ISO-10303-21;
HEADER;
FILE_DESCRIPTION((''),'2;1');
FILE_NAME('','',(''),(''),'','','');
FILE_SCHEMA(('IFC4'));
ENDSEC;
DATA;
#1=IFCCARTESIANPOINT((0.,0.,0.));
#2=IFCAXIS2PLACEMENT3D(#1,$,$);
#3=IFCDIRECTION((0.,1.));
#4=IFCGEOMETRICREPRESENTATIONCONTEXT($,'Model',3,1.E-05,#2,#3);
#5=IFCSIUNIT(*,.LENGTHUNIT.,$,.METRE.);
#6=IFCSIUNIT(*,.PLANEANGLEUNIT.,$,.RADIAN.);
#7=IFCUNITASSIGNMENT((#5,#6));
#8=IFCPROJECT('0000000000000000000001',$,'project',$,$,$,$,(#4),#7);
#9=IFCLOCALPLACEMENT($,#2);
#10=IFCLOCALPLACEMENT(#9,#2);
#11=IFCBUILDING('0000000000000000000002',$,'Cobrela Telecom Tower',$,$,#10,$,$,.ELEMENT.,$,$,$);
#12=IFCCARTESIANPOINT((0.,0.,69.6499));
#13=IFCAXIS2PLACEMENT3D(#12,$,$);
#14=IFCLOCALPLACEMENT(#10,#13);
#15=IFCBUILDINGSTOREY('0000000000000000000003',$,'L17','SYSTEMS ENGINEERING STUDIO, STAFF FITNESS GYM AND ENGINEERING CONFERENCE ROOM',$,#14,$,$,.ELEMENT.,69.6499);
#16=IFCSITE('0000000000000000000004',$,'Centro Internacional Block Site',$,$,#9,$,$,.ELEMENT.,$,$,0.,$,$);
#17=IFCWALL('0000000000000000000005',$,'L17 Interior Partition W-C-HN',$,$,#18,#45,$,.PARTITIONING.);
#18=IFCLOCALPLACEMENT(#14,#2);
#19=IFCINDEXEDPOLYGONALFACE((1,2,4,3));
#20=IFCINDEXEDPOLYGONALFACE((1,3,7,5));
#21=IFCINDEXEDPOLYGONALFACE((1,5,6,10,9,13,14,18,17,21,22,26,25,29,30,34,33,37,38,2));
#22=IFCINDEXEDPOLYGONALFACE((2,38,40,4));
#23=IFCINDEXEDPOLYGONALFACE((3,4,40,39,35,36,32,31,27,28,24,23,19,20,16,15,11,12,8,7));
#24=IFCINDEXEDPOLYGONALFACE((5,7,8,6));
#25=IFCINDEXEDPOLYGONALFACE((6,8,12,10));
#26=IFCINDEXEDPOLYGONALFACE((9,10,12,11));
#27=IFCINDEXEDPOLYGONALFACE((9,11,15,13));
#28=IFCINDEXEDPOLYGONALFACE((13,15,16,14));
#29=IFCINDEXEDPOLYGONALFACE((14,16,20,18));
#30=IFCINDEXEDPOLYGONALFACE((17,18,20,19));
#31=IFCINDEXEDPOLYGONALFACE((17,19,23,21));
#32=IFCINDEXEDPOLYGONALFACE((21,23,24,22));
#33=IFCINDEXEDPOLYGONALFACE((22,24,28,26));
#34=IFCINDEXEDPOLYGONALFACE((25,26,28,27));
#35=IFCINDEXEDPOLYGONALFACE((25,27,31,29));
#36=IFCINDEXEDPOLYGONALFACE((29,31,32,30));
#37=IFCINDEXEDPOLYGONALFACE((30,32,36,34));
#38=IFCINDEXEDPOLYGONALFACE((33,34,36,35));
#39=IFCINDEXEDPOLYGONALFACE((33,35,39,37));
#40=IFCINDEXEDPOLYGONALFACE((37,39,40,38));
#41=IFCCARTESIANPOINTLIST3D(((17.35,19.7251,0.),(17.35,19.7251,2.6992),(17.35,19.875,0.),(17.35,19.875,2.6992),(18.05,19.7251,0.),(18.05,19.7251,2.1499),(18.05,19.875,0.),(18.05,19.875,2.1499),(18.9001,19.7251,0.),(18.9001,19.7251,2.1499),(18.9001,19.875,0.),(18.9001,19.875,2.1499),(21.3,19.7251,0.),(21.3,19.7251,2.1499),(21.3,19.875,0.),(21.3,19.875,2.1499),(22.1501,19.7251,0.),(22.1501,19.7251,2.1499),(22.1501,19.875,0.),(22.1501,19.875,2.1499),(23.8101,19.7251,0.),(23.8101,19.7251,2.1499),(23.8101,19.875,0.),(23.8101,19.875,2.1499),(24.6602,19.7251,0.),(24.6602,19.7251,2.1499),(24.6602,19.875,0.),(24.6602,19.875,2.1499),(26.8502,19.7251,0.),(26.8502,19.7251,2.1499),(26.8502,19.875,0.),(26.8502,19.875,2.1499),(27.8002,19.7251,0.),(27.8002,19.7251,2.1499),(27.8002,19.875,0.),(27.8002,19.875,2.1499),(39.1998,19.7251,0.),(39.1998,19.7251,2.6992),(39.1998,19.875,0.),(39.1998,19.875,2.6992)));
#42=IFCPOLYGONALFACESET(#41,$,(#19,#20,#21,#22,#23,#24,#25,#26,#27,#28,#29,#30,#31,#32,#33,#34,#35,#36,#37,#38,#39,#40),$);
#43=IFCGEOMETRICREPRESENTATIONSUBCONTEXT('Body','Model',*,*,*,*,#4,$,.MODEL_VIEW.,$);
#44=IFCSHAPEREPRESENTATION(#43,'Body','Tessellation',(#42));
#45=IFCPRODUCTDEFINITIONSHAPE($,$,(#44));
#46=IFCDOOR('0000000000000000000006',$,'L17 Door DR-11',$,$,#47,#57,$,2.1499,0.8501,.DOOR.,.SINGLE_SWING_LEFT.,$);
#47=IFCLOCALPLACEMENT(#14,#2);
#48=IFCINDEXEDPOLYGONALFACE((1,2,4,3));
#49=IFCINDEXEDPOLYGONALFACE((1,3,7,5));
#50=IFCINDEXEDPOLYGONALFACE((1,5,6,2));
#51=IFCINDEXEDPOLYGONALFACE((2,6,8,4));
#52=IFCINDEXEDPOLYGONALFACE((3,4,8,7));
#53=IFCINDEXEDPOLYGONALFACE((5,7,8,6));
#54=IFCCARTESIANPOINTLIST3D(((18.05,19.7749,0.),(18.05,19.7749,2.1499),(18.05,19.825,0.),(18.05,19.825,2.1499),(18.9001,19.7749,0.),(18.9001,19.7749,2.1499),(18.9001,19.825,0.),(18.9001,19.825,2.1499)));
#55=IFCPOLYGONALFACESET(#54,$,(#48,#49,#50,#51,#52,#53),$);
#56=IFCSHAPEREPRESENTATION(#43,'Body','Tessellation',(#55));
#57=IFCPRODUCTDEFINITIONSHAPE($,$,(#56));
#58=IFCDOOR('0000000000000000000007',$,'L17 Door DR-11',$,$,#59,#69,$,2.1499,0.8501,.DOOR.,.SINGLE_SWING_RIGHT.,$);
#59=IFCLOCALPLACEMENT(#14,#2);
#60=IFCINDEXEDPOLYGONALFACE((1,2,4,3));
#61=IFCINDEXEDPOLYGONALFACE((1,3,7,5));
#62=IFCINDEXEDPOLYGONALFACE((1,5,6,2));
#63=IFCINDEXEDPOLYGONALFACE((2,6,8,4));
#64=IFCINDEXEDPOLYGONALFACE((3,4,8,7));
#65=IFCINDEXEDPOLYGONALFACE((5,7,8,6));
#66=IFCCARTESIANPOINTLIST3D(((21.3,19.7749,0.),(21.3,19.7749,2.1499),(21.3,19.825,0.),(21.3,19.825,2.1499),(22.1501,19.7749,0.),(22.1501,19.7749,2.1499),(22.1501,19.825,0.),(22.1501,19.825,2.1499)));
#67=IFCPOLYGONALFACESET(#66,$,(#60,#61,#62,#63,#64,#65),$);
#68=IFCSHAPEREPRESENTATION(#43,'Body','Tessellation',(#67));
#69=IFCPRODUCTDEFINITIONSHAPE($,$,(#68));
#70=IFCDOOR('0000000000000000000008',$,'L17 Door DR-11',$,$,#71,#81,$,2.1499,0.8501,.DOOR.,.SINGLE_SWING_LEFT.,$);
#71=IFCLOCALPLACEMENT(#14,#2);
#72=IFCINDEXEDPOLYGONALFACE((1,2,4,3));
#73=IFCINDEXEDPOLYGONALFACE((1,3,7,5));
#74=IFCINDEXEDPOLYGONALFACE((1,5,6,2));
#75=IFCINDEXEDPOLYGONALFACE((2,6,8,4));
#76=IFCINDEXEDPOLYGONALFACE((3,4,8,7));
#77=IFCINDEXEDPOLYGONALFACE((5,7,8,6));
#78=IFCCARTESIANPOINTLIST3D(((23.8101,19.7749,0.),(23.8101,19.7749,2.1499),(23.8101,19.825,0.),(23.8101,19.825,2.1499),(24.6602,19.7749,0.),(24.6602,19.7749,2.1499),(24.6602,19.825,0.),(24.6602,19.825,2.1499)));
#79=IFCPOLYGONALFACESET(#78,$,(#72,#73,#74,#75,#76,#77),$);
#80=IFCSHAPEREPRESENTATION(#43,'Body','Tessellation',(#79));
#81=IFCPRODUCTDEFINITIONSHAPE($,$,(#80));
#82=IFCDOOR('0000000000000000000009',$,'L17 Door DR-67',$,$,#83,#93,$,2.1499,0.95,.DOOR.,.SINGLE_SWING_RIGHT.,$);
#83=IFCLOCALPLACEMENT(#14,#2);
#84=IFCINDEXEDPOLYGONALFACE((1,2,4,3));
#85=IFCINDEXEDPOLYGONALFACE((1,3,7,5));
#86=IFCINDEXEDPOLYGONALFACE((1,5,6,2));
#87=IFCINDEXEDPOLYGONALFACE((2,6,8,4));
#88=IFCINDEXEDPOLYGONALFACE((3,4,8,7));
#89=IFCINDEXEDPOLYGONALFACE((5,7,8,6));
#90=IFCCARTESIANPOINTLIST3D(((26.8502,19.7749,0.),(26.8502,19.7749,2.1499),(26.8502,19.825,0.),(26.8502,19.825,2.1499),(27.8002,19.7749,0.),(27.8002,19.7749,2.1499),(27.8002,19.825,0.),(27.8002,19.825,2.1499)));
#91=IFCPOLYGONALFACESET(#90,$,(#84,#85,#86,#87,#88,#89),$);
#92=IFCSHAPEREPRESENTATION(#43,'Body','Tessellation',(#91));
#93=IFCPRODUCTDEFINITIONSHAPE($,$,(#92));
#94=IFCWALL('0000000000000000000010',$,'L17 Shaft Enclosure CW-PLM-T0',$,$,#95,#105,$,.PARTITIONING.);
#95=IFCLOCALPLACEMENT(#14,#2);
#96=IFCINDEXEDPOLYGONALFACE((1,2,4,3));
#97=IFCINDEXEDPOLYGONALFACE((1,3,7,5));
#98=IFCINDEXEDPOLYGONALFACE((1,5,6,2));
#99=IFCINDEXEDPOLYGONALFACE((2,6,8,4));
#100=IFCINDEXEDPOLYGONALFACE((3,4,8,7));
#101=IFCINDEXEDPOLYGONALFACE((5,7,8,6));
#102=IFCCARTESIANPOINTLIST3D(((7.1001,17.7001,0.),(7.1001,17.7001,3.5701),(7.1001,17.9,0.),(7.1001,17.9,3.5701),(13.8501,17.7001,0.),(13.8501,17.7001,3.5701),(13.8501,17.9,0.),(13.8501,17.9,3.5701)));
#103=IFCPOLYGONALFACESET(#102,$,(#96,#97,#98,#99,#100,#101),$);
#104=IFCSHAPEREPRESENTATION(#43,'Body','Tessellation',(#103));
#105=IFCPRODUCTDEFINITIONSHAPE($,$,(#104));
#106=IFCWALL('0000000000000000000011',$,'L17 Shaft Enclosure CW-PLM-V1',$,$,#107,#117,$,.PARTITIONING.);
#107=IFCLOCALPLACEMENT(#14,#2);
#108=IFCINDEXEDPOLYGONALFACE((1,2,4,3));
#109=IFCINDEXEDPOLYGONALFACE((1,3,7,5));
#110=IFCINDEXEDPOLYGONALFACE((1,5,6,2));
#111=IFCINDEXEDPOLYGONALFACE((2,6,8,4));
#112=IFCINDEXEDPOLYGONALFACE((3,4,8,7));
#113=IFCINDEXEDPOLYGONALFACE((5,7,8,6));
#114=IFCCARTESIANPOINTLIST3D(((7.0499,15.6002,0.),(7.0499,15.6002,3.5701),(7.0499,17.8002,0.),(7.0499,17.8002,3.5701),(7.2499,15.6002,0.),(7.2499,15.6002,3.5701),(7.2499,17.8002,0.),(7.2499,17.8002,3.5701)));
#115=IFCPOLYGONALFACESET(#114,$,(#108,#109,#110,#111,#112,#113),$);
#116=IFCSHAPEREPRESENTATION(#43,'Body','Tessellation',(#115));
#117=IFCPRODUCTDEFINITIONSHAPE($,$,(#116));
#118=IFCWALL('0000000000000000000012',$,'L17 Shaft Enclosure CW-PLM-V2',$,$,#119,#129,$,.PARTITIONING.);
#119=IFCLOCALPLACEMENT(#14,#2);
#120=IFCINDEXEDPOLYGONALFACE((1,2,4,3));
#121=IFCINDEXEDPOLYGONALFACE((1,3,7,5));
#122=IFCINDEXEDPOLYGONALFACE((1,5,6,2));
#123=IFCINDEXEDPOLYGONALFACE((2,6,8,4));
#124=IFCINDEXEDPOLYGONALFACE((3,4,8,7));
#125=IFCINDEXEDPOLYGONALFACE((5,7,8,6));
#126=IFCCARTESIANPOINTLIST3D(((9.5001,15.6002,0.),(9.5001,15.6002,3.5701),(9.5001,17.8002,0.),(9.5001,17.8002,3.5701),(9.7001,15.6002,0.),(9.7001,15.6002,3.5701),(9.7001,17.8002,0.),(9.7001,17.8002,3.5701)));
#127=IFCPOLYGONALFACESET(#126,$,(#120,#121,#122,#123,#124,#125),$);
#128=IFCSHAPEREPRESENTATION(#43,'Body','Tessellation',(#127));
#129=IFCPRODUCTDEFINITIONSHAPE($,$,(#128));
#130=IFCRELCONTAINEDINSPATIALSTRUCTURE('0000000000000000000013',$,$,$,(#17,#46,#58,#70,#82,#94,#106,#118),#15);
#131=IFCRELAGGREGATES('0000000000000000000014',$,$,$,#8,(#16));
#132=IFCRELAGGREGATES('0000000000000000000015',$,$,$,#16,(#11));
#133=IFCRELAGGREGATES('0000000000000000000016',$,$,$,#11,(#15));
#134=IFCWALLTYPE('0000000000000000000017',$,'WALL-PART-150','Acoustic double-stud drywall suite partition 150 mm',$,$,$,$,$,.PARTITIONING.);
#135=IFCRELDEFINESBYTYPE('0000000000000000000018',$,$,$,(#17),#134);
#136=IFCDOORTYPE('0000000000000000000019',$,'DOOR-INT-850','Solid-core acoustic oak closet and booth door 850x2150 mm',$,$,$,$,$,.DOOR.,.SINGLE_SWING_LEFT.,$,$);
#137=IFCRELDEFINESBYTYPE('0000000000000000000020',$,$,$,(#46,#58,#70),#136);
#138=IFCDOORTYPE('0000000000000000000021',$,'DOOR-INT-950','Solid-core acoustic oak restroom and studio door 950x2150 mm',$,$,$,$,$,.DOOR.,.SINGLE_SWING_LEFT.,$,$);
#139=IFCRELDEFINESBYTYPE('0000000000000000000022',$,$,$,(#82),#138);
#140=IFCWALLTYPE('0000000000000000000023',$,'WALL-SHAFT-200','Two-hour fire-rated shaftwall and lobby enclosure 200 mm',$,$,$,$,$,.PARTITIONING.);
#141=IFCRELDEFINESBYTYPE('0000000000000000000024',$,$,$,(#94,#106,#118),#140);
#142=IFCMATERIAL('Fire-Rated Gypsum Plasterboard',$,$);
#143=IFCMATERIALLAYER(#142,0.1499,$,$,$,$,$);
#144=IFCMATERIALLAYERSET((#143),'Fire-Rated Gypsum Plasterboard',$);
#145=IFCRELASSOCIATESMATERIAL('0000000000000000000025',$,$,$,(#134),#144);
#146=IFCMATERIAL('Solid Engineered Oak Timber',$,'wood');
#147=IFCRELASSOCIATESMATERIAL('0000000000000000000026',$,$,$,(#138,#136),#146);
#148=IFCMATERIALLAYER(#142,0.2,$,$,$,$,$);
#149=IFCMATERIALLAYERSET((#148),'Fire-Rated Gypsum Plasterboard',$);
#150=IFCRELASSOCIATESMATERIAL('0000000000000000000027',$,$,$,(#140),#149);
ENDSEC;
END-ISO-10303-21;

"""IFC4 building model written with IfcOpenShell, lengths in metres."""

from ifc_helpers import new_model, si_unit, direction, frame, frame_2d, origin, place, context, subcontext, project, spatial, rectangle, extrude, material, layer, layer_set, type_object, element, fill, save


model = new_model("IFC4")

# Units and contexts
model_context = context("Model", 3, precision=1e-05, world=origin(), true_north=direction((0.0, 1.0)))
body_context = subcontext(model_context, "Body", "Model", "MODEL_VIEW")
ifc_project = project(units=[si_unit("LENGTHUNIT", "METRE"), si_unit("PLANEANGLEUNIT", "RADIAN")], contexts=[model_context])

# Site, building, storey
site_placement = place(None, origin())
site = spatial("IfcSite", under=ifc_project, at=site_placement, Name="Centro Internacional Block Site", CompositionType="ELEMENT", RefElevation=0.0)
building_placement = place(site_placement, origin())
building = spatial("IfcBuilding", under=site, at=building_placement, Name="Cobrela Telecom Tower", CompositionType="ELEMENT")
storey_placement = place(building_placement, frame((0.0, 0.0, 69.6499)))
storey = spatial("IfcBuildingStorey", under=building, at=storey_placement, Name="L17", Description="SYSTEMS ENGINEERING STUDIO, STAFF FITNESS GYM AND ENGINEERING CONFERENCE ROOM", CompositionType="ELEMENT", Elevation=69.6499)

# Wall, openings, doors
ifc_material_1 = material(Name="Fire-Rated Gypsum Plasterboard")
ifc_layer_1 = layer(ifc_material_1, 0.1499)
ifc_layer_set_1 = layer_set([ifc_layer_1], Name="Fire-Rated Gypsum Plasterboard")
wall_type_1 = type_object("IfcWallType", Name="WALL-PART-150", Description="Acoustic double-stud drywall suite partition 150 mm", PredefinedType="PARTITIONING", material=ifc_layer_set_1)
ifc_material_2 = material(Name="Solid Engineered Oak Timber", Category="wood")
door_type_1 = type_object("IfcDoorType", Name="DOOR-INT-950", Description="Solid-core acoustic oak restroom and studio door 950x2150 mm", OperationType="SINGLE_SWING_LEFT", PredefinedType="DOOR", material=ifc_material_2)
wall_1_placement = place(storey_placement, frame((17.3501, 19.8, 0.0), z_axis=(0.0, 0.0, 1.0), x_axis=(1.0, 0.0, 0.0)))
wall_1 = element("IfcWall", 1, at=wall_1_placement, inside=storey, type_object=wall_type_1, Name="L17 Interior Partition W-C-HN", PredefinedType="PARTITIONING", context=body_context, shape_type="SweptSolid", body=[
    extrude(rectangle(XDim=21.8499, YDim=0.1499, at=frame_2d((10.9248, 0.0))), origin(), (0.0, 0.0, 1.0), 2.6992),
])
opening_1_placement = place(wall_1_placement, frame((0.7, 0.0, 0.0)))
opening_1 = element("IfcOpeningElement", 2, at=opening_1_placement, cuts=wall_1, PredefinedType="OPENING", context=body_context, shape_type="SweptSolid", body=[
    extrude(rectangle(XDim=0.8501, YDim=2.1499, at=frame_2d((0.425, 1.075))), frame((0.0, 0.0869, 0.0), z_axis=(0.0, -1.0, 0.0), x_axis=(1.0, 0.0, 0.0)), (0.0, 0.0, 1.0), 0.1738),
])
opening_2_placement = place(wall_1_placement, frame((3.95, 0.0, 0.0)))
opening_2 = element("IfcOpeningElement", 3, at=opening_2_placement, cuts=wall_1, PredefinedType="OPENING", context=body_context, shape_type="SweptSolid", body=[
    extrude(rectangle(XDim=0.8501, YDim=2.1499, at=frame_2d((0.425, 1.075))), frame((0.0, 0.0869, 0.0), z_axis=(0.0, -1.0, 0.0), x_axis=(1.0, 0.0, 0.0)), (0.0, 0.0, 1.0), 0.1738),
])
opening_3_placement = place(wall_1_placement, frame((6.46, 0.0, 0.0)))
opening_3 = element("IfcOpeningElement", 4, at=opening_3_placement, cuts=wall_1, PredefinedType="OPENING", context=body_context, shape_type="SweptSolid", body=[
    extrude(rectangle(XDim=0.8501, YDim=2.1499, at=frame_2d((0.425, 1.075))), frame((0.0, 0.0869, 0.0), z_axis=(0.0, -1.0, 0.0), x_axis=(1.0, 0.0, 0.0)), (0.0, 0.0, 1.0), 0.1738),
])
opening_4_placement = place(wall_1_placement, frame((9.5, 0.0, 0.0)))
opening_4 = element("IfcOpeningElement", 5, at=opening_4_placement, cuts=wall_1, PredefinedType="OPENING", context=body_context, shape_type="SweptSolid", body=[
    extrude(rectangle(XDim=0.95, YDim=2.1499, at=frame_2d((0.4751, 1.075))), frame((0.0, 0.0869, 0.0), z_axis=(0.0, -1.0, 0.0), x_axis=(1.0, 0.0, 0.0)), (0.0, 0.0, 1.0), 0.1738),
])
door_type_2 = type_object("IfcDoorType", Name="DOOR-INT-850", Description="Solid-core acoustic oak closet and booth door 850x2150 mm", OperationType="SINGLE_SWING_LEFT", PredefinedType="DOOR", material=ifc_material_2)
door_1_placement = place(opening_1_placement, origin())
door_1 = element("IfcDoor", 6, at=door_1_placement, inside=storey, type_object=door_type_2, Name="L17 Door DR-11", OperationType="SINGLE_SWING_LEFT", OverallHeight=2.1499, OverallWidth=0.8501, PredefinedType="DOOR", context=body_context, shape_type="SweptSolid", body=[
    extrude(rectangle(XDim=0.8501, YDim=2.1499, at=frame_2d((0.425, 1.075))), frame((0.0, 0.0249, 0.0), z_axis=(0.0, -1.0, 0.0), x_axis=(1.0, 0.0, 0.0)), (0.0, 0.0, 1.0), 0.05),
])
fill(opening_1, door_1)
door_2_placement = place(opening_2_placement, origin())
door_2 = element("IfcDoor", 7, at=door_2_placement, inside=storey, type_object=door_type_2, Name="L17 Door DR-11", OperationType="SINGLE_SWING_RIGHT", OverallHeight=2.1499, OverallWidth=0.8501, PredefinedType="DOOR", context=body_context, shape_type="SweptSolid", body=[
    extrude(rectangle(XDim=0.8501, YDim=2.1499, at=frame_2d((0.425, 1.075))), frame((0.0, 0.0249, 0.0), z_axis=(0.0, -1.0, 0.0), x_axis=(1.0, 0.0, 0.0)), (0.0, 0.0, 1.0), 0.05),
])
fill(opening_2, door_2)
door_3_placement = place(opening_3_placement, origin())
door_3 = element("IfcDoor", 8, at=door_3_placement, inside=storey, type_object=door_type_2, Name="L17 Door DR-11", OperationType="SINGLE_SWING_LEFT", OverallHeight=2.1499, OverallWidth=0.8501, PredefinedType="DOOR", context=body_context, shape_type="SweptSolid", body=[
    extrude(rectangle(XDim=0.8501, YDim=2.1499, at=frame_2d((0.425, 1.075))), frame((0.0, 0.0249, 0.0), z_axis=(0.0, -1.0, 0.0), x_axis=(1.0, 0.0, 0.0)), (0.0, 0.0, 1.0), 0.05),
])
fill(opening_3, door_3)
door_4_placement = place(opening_4_placement, origin())
door_4 = element("IfcDoor", 9, at=door_4_placement, inside=storey, type_object=door_type_1, Name="L17 Door DR-67", OperationType="SINGLE_SWING_RIGHT", OverallHeight=2.1499, OverallWidth=0.95, PredefinedType="DOOR", context=body_context, shape_type="SweptSolid", body=[
    extrude(rectangle(XDim=0.95, YDim=2.1499, at=frame_2d((0.4751, 1.075))), frame((0.0, 0.0249, 0.0), z_axis=(0.0, -1.0, 0.0), x_axis=(1.0, 0.0, 0.0)), (0.0, 0.0, 1.0), 0.05),
])
fill(opening_4, door_4)

# Walls
ifc_layer_2 = layer(ifc_material_1, 0.2)
ifc_layer_set_2 = layer_set([ifc_layer_2], Name="Fire-Rated Gypsum Plasterboard")
wall_type_2 = type_object("IfcWallType", Name="WALL-SHAFT-200", Description="Two-hour fire-rated shaftwall and lobby enclosure 200 mm", PredefinedType="PARTITIONING", material=ifc_layer_set_2)
wall_2_placement = place(storey_placement, frame((7.1001, 17.8, 0.0), z_axis=(0.0, 0.0, 1.0), x_axis=(1.0, 0.0, 0.0)))
element("IfcWall", 10, at=wall_2_placement, inside=storey, type_object=wall_type_2, Name="L17 Shaft Enclosure CW-PLM-T0", PredefinedType="PARTITIONING", context=body_context, shape_type="SweptSolid", body=[
    extrude(rectangle(XDim=6.75, YDim=0.2, at=frame_2d((3.375, 0.0))), origin(), (0.0, 0.0, 1.0), 3.5701),
])
for number, where, z_axis, x_axis, name in (
    (11, (7.1499, 15.6001, 0.0), (0.0, 0.0, 1.0), (0.0, 1.0, 0.0), "L17 Shaft Enclosure CW-PLM-V1"),
    (12, (9.6001, 15.6001, 0.0), (0.0, 0.0, 1.0), (0.0, 1.0, 0.0), "L17 Shaft Enclosure CW-PLM-V2"),
):
    element("IfcWall", number, at=place(storey_placement, frame(where, z_axis=z_axis, x_axis=x_axis)), inside=storey, type_object=wall_type_2, Name=name, PredefinedType="PARTITIONING", context=body_context, shape_type="SweptSolid", body=[
        extrude(rectangle(XDim=2.2, YDim=0.2, at=frame_2d((1.1001, 0.0))), origin(), (0.0, 0.0, 1.0), 3.5701),
    ])

save(model, "model.ifc")
